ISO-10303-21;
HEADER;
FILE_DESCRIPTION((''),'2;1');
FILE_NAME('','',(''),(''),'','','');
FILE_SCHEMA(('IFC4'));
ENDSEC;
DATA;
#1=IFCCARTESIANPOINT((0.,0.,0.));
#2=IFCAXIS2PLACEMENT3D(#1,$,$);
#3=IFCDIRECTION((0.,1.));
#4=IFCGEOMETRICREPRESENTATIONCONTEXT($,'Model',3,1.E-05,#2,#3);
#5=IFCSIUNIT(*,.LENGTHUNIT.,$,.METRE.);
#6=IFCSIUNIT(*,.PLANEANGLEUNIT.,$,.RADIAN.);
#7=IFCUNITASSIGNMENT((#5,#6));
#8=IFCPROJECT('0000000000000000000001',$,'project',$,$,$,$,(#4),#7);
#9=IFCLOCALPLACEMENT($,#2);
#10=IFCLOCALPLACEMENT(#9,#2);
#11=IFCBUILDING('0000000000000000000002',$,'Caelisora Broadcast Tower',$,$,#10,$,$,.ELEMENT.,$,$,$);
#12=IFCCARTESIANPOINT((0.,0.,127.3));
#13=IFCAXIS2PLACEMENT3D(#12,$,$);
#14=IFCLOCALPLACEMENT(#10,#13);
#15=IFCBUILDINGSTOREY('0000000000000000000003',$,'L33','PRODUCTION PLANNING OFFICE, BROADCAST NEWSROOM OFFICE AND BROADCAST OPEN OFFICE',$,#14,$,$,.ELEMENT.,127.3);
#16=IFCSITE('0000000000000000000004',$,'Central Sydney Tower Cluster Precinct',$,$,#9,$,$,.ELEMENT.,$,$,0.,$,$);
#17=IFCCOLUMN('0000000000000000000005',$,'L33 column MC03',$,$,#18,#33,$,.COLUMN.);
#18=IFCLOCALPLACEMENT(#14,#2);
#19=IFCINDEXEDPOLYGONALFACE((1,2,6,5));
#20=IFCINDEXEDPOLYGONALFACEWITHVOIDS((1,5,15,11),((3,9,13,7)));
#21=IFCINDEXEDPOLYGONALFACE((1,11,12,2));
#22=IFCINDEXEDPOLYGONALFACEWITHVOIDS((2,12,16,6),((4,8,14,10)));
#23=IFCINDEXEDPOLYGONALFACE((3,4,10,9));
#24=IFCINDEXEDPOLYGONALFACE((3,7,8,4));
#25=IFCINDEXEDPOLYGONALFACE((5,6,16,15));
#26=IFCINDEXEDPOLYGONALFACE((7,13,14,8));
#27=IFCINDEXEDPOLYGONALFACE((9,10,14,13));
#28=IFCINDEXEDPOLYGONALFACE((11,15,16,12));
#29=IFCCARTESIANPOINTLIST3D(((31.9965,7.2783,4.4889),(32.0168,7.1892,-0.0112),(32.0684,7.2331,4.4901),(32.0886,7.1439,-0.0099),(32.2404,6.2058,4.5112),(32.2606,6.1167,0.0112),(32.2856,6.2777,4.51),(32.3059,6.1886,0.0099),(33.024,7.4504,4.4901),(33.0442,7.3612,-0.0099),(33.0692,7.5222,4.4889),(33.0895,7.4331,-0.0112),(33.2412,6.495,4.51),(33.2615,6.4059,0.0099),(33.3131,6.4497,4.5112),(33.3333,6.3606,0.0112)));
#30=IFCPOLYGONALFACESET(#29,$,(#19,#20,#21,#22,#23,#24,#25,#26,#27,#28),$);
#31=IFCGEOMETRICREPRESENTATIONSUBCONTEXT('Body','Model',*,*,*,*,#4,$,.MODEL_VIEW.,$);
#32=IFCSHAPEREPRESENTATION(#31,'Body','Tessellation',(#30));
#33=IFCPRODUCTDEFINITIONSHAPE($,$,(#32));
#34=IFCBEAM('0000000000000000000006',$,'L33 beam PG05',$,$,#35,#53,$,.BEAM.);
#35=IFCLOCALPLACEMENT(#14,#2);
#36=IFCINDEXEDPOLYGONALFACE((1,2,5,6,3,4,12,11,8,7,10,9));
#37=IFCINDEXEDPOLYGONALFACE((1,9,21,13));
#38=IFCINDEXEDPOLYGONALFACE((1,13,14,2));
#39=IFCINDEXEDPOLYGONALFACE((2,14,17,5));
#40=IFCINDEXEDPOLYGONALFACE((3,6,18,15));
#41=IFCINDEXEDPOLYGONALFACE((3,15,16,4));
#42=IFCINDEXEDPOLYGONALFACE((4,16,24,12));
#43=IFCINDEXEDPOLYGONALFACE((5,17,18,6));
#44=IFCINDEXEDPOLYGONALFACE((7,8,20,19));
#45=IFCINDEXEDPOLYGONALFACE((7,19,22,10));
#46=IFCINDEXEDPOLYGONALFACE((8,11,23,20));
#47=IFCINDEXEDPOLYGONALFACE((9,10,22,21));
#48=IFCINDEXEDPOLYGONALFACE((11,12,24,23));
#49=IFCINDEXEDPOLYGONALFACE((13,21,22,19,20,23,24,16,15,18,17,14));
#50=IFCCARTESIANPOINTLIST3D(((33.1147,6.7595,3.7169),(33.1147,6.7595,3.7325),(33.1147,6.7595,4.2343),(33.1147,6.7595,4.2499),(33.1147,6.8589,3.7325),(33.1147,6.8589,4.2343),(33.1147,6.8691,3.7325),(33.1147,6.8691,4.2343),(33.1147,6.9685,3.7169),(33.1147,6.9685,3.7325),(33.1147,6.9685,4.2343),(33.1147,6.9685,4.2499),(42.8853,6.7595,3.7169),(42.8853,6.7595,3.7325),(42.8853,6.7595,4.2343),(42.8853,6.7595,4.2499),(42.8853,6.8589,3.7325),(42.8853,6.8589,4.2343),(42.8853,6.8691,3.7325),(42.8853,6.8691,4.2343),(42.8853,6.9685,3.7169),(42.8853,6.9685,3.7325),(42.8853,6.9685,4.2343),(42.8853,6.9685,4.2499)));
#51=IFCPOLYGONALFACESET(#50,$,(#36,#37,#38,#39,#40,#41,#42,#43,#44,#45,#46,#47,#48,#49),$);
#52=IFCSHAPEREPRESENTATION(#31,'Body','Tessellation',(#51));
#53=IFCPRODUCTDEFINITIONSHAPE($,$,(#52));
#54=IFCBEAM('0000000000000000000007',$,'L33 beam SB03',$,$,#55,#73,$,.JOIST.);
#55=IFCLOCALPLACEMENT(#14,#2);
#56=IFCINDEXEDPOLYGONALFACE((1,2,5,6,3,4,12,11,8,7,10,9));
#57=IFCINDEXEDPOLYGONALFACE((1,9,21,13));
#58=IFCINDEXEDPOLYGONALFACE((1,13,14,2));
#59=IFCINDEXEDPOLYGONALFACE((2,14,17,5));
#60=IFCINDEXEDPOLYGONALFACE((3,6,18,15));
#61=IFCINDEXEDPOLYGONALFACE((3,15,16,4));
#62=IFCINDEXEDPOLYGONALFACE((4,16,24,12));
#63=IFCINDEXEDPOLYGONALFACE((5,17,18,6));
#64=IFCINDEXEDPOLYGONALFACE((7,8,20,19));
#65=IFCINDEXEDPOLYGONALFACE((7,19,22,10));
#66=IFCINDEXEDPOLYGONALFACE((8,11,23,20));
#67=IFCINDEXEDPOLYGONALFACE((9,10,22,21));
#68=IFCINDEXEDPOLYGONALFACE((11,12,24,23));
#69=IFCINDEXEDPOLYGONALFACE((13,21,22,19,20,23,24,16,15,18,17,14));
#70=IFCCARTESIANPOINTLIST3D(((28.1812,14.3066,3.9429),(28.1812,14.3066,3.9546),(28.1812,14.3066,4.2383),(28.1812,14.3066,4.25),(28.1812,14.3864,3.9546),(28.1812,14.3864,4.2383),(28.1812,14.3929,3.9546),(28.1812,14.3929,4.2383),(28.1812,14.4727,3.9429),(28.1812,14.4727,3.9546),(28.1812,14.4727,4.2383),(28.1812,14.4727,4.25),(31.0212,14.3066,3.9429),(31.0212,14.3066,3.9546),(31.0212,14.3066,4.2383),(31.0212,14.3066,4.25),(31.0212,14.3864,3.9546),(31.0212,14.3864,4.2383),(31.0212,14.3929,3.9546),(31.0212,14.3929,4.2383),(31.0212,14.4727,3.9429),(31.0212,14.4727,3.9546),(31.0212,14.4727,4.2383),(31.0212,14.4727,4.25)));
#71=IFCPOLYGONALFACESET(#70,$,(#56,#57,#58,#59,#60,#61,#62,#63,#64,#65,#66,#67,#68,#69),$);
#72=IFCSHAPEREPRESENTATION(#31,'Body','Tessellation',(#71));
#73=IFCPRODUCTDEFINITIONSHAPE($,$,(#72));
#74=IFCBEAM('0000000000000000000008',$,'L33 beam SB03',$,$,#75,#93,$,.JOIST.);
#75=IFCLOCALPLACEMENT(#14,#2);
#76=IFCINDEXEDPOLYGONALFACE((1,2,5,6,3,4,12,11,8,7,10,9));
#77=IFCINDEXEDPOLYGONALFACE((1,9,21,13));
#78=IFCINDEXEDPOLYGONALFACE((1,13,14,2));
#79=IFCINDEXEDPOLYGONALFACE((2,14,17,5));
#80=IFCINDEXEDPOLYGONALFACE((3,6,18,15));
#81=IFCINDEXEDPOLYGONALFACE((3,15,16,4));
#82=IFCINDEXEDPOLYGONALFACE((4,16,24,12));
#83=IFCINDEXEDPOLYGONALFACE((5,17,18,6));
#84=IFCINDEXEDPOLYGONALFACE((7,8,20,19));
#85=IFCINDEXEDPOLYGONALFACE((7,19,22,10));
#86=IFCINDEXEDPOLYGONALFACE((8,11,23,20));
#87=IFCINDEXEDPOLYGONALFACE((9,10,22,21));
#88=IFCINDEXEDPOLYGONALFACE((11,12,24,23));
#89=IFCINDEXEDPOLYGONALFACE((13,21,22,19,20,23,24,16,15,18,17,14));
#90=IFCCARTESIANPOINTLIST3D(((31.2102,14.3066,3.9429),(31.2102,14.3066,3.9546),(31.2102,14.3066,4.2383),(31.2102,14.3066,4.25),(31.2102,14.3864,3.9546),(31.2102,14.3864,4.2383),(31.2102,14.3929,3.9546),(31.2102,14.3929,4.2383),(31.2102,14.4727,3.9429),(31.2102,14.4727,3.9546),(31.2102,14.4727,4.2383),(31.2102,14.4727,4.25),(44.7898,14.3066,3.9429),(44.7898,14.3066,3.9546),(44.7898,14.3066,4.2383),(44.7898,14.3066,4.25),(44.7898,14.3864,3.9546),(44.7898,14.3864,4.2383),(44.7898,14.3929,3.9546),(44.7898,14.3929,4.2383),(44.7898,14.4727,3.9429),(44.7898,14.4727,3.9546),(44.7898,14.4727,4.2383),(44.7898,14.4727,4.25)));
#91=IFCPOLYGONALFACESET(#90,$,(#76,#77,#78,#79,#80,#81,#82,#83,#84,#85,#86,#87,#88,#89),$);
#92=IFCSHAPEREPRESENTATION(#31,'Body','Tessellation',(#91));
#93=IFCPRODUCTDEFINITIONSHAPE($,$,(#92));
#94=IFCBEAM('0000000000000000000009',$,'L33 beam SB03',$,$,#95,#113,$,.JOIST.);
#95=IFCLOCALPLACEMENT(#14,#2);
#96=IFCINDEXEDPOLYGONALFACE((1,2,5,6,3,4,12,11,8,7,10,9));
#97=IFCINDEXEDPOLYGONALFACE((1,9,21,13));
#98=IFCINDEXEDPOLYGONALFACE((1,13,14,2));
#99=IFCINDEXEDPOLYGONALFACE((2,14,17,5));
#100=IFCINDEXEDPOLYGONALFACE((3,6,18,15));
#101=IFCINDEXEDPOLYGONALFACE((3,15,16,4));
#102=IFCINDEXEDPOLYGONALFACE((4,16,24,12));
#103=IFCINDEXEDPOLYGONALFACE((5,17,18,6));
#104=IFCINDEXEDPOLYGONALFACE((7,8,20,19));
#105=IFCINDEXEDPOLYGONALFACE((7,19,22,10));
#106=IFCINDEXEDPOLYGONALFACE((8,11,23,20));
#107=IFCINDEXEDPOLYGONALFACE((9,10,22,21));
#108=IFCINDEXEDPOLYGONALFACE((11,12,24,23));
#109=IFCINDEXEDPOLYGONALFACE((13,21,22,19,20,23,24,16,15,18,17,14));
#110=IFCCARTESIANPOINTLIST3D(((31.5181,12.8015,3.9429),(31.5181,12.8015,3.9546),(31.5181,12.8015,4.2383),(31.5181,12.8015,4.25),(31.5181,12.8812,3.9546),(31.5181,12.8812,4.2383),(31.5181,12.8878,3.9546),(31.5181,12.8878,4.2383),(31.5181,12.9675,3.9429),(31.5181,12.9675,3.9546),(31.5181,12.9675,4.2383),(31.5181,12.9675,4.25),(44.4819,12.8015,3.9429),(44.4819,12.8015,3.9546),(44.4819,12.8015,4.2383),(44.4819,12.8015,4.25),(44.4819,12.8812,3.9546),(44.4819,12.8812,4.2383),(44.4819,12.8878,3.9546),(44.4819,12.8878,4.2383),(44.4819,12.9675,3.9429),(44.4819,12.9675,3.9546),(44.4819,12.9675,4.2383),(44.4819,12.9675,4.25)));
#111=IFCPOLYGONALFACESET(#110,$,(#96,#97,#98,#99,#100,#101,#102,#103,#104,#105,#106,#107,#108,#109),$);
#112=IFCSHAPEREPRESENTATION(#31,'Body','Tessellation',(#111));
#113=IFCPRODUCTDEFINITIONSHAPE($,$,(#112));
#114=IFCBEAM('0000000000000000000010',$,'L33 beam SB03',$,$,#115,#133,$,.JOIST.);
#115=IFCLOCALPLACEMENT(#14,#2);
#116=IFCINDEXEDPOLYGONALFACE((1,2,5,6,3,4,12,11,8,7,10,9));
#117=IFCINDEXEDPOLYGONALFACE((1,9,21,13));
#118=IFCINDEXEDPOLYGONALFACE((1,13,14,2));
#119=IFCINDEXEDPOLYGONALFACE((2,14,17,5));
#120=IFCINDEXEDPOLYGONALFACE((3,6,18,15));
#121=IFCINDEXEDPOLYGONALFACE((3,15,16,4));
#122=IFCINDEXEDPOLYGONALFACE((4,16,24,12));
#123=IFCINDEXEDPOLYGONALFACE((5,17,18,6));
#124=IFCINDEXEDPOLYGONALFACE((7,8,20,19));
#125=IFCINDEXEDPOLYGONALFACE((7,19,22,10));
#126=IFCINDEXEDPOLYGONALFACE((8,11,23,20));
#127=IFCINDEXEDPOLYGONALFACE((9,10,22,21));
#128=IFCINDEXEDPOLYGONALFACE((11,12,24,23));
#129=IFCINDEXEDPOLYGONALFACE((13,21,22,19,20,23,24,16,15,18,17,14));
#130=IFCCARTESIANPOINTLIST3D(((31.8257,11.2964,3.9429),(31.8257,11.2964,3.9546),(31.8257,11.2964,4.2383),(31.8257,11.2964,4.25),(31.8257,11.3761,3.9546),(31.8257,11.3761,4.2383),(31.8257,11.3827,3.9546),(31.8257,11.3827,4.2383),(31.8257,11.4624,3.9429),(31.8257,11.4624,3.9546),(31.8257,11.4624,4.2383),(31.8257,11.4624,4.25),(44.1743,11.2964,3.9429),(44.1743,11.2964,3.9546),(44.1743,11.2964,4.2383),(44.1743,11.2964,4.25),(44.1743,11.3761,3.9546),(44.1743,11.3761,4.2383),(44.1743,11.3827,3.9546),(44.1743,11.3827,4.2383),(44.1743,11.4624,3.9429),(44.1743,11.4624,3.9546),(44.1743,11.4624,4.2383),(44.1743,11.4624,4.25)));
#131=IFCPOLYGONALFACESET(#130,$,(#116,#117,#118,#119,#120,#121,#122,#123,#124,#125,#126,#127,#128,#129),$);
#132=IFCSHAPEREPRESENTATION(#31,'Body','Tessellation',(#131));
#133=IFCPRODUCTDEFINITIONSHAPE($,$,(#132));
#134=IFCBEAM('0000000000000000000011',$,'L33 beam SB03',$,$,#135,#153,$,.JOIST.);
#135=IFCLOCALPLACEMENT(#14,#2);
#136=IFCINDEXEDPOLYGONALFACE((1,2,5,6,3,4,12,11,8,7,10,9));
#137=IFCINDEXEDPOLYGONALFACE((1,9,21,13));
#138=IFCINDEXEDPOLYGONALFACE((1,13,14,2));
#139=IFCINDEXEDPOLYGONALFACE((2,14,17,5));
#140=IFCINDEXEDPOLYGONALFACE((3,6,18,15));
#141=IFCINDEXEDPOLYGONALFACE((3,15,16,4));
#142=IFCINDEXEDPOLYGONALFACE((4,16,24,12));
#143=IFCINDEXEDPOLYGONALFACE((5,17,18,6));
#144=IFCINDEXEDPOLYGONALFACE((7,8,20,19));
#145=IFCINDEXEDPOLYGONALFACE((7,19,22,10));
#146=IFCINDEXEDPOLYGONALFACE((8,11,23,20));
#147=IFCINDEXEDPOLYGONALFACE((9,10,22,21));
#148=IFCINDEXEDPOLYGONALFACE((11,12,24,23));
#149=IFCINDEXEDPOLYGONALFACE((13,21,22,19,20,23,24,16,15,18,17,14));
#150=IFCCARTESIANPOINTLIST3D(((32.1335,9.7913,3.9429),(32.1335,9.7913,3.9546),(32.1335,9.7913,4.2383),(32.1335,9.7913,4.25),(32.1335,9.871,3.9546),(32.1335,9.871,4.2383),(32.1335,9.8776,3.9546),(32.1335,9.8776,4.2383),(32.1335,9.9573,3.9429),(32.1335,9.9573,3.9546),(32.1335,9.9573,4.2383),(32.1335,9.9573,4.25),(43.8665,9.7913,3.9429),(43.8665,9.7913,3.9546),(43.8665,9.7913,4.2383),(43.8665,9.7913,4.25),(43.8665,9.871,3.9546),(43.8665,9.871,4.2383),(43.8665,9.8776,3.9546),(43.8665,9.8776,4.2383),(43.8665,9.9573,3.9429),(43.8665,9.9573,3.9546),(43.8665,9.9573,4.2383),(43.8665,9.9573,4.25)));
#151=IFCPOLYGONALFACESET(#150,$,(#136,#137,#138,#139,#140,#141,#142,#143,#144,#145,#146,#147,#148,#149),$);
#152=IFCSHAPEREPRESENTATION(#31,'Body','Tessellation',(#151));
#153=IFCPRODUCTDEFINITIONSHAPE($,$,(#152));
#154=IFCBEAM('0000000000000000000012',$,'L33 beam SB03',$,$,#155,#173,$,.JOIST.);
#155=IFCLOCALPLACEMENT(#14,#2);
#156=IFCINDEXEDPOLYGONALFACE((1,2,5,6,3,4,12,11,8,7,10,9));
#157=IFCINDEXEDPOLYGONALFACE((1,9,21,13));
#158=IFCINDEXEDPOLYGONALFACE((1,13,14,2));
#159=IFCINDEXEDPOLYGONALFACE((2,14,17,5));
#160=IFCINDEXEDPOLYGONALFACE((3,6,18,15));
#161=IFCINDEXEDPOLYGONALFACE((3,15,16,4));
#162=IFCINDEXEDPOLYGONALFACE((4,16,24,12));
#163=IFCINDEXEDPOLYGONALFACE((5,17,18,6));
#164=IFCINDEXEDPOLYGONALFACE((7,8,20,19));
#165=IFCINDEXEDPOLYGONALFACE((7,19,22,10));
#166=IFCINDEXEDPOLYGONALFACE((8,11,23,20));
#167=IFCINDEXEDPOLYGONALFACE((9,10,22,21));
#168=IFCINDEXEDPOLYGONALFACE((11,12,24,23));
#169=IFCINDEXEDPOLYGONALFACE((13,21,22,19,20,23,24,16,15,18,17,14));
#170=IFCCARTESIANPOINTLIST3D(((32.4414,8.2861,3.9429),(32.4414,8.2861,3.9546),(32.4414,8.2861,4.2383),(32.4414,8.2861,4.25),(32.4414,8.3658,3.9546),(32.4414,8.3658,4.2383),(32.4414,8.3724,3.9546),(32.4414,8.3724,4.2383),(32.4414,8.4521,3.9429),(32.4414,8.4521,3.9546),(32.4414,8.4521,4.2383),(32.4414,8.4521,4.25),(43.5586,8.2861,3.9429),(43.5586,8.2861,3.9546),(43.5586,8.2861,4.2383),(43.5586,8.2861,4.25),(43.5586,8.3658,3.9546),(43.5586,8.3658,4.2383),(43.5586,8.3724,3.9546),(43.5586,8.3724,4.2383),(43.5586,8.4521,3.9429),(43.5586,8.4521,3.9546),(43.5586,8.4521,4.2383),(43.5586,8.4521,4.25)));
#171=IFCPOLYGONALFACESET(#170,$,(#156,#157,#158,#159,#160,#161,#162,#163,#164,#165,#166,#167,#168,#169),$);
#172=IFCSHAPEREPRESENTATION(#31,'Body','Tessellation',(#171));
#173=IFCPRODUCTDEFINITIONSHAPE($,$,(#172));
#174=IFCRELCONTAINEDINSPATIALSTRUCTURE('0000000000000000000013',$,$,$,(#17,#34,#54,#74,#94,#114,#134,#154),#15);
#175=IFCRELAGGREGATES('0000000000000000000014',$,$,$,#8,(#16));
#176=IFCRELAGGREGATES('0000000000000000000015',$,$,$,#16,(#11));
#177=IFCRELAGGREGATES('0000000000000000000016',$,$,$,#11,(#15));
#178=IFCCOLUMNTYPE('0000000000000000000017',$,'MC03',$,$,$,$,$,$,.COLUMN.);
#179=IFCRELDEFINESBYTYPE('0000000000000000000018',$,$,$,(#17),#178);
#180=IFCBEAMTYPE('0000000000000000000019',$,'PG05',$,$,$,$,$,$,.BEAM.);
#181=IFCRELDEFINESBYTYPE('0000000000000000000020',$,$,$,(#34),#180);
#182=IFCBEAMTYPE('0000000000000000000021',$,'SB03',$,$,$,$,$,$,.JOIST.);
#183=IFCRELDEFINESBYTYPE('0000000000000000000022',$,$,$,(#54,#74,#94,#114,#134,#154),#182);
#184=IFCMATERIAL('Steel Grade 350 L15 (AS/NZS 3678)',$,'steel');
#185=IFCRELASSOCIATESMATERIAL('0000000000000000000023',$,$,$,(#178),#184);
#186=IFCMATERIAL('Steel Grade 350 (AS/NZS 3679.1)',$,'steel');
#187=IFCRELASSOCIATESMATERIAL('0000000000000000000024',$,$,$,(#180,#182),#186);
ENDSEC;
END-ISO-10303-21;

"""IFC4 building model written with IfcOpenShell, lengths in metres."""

from ifc_helpers import new_model, si_unit, direction, frame, origin, origin_2d, place, context, subcontext, project, spatial, hollow_rectangle, i_section, extrude, source, transform, mapped, material, material_profile, profile_set, type_object, type_shapes, element, save


model = new_model("IFC4")

# Units and contexts
model_context = context("Model", 3, precision=1e-05, world=origin(), true_north=direction((0.0, 1.0)))
body_context = subcontext(model_context, "Body", "Model", "MODEL_VIEW")
ifc_project = project(units=[si_unit("LENGTHUNIT", "METRE"), si_unit("PLANEANGLEUNIT", "RADIAN")], contexts=[model_context])

# Site, building, storey
site_placement = place(None, origin())
site = spatial("IfcSite", under=ifc_project, at=site_placement, Name="Central Sydney Tower Cluster Precinct", CompositionType="ELEMENT", RefElevation=0.0)
building_placement = place(site_placement, origin())
building = spatial("IfcBuilding", under=site, at=building_placement, Name="Caelisora Broadcast Tower", CompositionType="ELEMENT")
storey_placement = place(building_placement, frame((0.0, 0.0, 127.3)))
storey = spatial("IfcBuildingStorey", under=building, at=storey_placement, Name="L33", Description="PRODUCTION PLANNING OFFICE, BROADCAST NEWSROOM OFFICE AND BROADCAST OPEN OFFICE", CompositionType="ELEMENT", Elevation=127.3)

# Column
ifc_material_1 = material(Name="Steel Grade 350 L15 (AS/NZS 3678)", Category="steel")
ifc_material_profile_1 = material_profile(ifc_material_1, hollow_rectangle(XDim=1.1001, YDim=1.1001, WallThickness=0.0601, at=origin_2d()), Name="Steel Grade 350 L15 (AS/NZS 3678)")
ifc_profile_set_1 = profile_set([ifc_material_profile_1], Name="Steel Grade 350 L15 (AS/NZS 3678)")
column_type = type_object("IfcColumnType", Name="MC03", PredefinedType="COLUMN", material=ifc_profile_set_1)
shared_shape_1 = source(origin(), body_context, "Body", "SweptSolid", [
    extrude(hollow_rectangle(XDim=1.1001, YDim=1.1001, WallThickness=0.0601, at=origin_2d()), origin(), (0.0, 0.0, 1.0), 4.501),
])
type_shapes(column_type, [shared_shape_1])
column_placement = place(storey_placement, frame((32.675, 6.7749, 0.0), z_axis=(-0.004502, 0.019798, 0.999794), x_axis=(-0.975107, -0.221737, 0.0)))
element("IfcColumn", 1, at=column_placement, inside=storey, type_object=column_type, Name="L33 column MC03", PredefinedType="COLUMN", context=body_context, shape_type="MappedRepresentation", body=[
    mapped(shared_shape_1, transform((0.0, 0.0, 0.0), scale=1.0)),
])

# Beams
ifc_material_2 = material(Name="Steel Grade 350 (AS/NZS 3679.1)", Category="steel")
ifc_material_profile_2 = material_profile(ifc_material_2, i_section(OverallWidth=0.209, OverallDepth=0.533, WebThickness=0.0103, FlangeThickness=0.0156, at=origin_2d()), Name="Steel Grade 350 (AS/NZS 3679.1)")
ifc_profile_set_2 = profile_set([ifc_material_profile_2], Name="Steel Grade 350 (AS/NZS 3679.1)")
beam_type_1 = type_object("IfcBeamType", Name="PG05", PredefinedType="BEAM", material=ifc_profile_set_2)
shared_shape_2 = source(origin(), body_context, "Body", "SweptSolid", [
    extrude(i_section(OverallWidth=0.209, OverallDepth=0.533, WebThickness=0.0103, FlangeThickness=0.0156, at=origin_2d()), origin(), (0.0, 0.0, 1.0), 9.7705),
])
type_shapes(beam_type_1, [shared_shape_2])
beam_1_placement = place(storey_placement, frame((33.1147, 6.864, 3.9834), z_axis=(1.0, 0.0, 0.0), x_axis=(0.0, 1.0, 0.0)))
element("IfcBeam", 2, at=beam_1_placement, inside=storey, type_object=beam_type_1, Name="L33 beam PG05", PredefinedType="BEAM", context=body_context, shape_type="MappedRepresentation", body=[
    mapped(shared_shape_2, transform((0.0, 0.0, 0.0), scale=1.0)),
])
ifc_material_profile_3 = material_profile(ifc_material_2, i_section(OverallWidth=0.166, OverallDepth=0.3071, WebThickness=0.0066, FlangeThickness=0.0117, at=origin_2d()), Name="Steel Grade 350 (AS/NZS 3679.1)")
ifc_profile_set_3 = profile_set([ifc_material_profile_3], Name="Steel Grade 350 (AS/NZS 3679.1)")
beam_type_2 = type_object("IfcBeamType", Name="SB03", PredefinedType="JOIST", material=ifc_profile_set_3)
shared_shape_3 = source(origin(), body_context, "Body", "SweptSolid", [
    extrude(i_section(OverallWidth=0.166, OverallDepth=0.3071, WebThickness=0.0066, FlangeThickness=0.0117, at=origin_2d()), origin(), (0.0, 0.0, 1.0), 2.8401),
])
beam_2_placement = place(storey_placement, frame((28.1812, 14.3896, 4.0964), z_axis=(1.0, 0.0, 0.0), x_axis=(0.0, 1.0, 0.0)))
element("IfcBeam", 3, at=beam_2_placement, inside=storey, type_object=beam_type_2, Name="L33 beam SB03", PredefinedType="JOIST", context=body_context, shape_type="MappedRepresentation", body=[
    mapped(shared_shape_3, transform((0.0, 0.0, 0.0), scale=1.0)),
])
shared_shape_4 = source(origin(), body_context, "Body", "SweptSolid", [
    extrude(i_section(OverallWidth=0.166, OverallDepth=0.3071, WebThickness=0.0066, FlangeThickness=0.0117, at=origin_2d()), origin(), (0.0, 0.0, 1.0), 13.5796),
])
beam_3_placement = place(storey_placement, frame((31.2102, 14.3896, 4.0964), z_axis=(1.0, 0.0, 0.0), x_axis=(0.0, 1.0, 0.0)))
element("IfcBeam", 4, at=beam_3_placement, inside=storey, type_object=beam_type_2, Name="L33 beam SB03", PredefinedType="JOIST", context=body_context, shape_type="MappedRepresentation", body=[
    mapped(shared_shape_4, transform((0.0, 0.0, 0.0), scale=1.0)),
])
shared_shape_5 = source(origin(), body_context, "Body", "SweptSolid", [
    extrude(i_section(OverallWidth=0.166, OverallDepth=0.3071, WebThickness=0.0066, FlangeThickness=0.0117, at=origin_2d()), origin(), (0.0, 0.0, 1.0), 12.9639),
])
beam_4_placement = place(storey_placement, frame((31.5181, 12.8845, 4.0964), z_axis=(1.0, 0.0, 0.0), x_axis=(0.0, 1.0, 0.0)))
element("IfcBeam", 5, at=beam_4_placement, inside=storey, type_object=beam_type_2, Name="L33 beam SB03", PredefinedType="JOIST", context=body_context, shape_type="MappedRepresentation", body=[
    mapped(shared_shape_5, transform((0.0, 0.0, 0.0), scale=1.0)),
])
shared_shape_6 = source(origin(), body_context, "Body", "SweptSolid", [
    extrude(i_section(OverallWidth=0.166, OverallDepth=0.3071, WebThickness=0.0066, FlangeThickness=0.0117, at=origin_2d()), origin(), (0.0, 0.0, 1.0), 12.3486),
])
beam_5_placement = place(storey_placement, frame((31.8257, 11.3794, 4.0964), z_axis=(1.0, 0.0, 0.0), x_axis=(0.0, 1.0, 0.0)))
element("IfcBeam", 6, at=beam_5_placement, inside=storey, type_object=beam_type_2, Name="L33 beam SB03", PredefinedType="JOIST", context=body_context, shape_type="MappedRepresentation", body=[
    mapped(shared_shape_6, transform((0.0, 0.0, 0.0), scale=1.0)),
])
shared_shape_7 = source(origin(), body_context, "Body", "SweptSolid", [
    extrude(i_section(OverallWidth=0.166, OverallDepth=0.3071, WebThickness=0.0066, FlangeThickness=0.0117, at=origin_2d()), origin(), (0.0, 0.0, 1.0), 11.7329),
])
beam_6_placement = place(storey_placement, frame((32.1335, 9.8743, 4.0964), z_axis=(1.0, 0.0, 0.0), x_axis=(0.0, 1.0, 0.0)))
element("IfcBeam", 7, at=beam_6_placement, inside=storey, type_object=beam_type_2, Name="L33 beam SB03", PredefinedType="JOIST", context=body_context, shape_type="MappedRepresentation", body=[
    mapped(shared_shape_7, transform((0.0, 0.0, 0.0), scale=1.0)),
])
shared_shape_8 = source(origin(), body_context, "Body", "SweptSolid", [
    extrude(i_section(OverallWidth=0.166, OverallDepth=0.3071, WebThickness=0.0066, FlangeThickness=0.0117, at=origin_2d()), origin(), (0.0, 0.0, 1.0), 11.1172),
])
type_shapes(beam_type_2, [shared_shape_3, shared_shape_4, shared_shape_5, shared_shape_6, shared_shape_7, shared_shape_8])
beam_7_placement = place(storey_placement, frame((32.4414, 8.3691, 4.0964), z_axis=(1.0, 0.0, 0.0), x_axis=(0.0, 1.0, 0.0)))
element("IfcBeam", 8, at=beam_7_placement, inside=storey, type_object=beam_type_2, Name="L33 beam SB03", PredefinedType="JOIST", context=body_context, shape_type="MappedRepresentation", body=[
    mapped(shared_shape_8, transform((0.0, 0.0, 0.0), scale=1.0)),
])

save(model, "model.ifc")
